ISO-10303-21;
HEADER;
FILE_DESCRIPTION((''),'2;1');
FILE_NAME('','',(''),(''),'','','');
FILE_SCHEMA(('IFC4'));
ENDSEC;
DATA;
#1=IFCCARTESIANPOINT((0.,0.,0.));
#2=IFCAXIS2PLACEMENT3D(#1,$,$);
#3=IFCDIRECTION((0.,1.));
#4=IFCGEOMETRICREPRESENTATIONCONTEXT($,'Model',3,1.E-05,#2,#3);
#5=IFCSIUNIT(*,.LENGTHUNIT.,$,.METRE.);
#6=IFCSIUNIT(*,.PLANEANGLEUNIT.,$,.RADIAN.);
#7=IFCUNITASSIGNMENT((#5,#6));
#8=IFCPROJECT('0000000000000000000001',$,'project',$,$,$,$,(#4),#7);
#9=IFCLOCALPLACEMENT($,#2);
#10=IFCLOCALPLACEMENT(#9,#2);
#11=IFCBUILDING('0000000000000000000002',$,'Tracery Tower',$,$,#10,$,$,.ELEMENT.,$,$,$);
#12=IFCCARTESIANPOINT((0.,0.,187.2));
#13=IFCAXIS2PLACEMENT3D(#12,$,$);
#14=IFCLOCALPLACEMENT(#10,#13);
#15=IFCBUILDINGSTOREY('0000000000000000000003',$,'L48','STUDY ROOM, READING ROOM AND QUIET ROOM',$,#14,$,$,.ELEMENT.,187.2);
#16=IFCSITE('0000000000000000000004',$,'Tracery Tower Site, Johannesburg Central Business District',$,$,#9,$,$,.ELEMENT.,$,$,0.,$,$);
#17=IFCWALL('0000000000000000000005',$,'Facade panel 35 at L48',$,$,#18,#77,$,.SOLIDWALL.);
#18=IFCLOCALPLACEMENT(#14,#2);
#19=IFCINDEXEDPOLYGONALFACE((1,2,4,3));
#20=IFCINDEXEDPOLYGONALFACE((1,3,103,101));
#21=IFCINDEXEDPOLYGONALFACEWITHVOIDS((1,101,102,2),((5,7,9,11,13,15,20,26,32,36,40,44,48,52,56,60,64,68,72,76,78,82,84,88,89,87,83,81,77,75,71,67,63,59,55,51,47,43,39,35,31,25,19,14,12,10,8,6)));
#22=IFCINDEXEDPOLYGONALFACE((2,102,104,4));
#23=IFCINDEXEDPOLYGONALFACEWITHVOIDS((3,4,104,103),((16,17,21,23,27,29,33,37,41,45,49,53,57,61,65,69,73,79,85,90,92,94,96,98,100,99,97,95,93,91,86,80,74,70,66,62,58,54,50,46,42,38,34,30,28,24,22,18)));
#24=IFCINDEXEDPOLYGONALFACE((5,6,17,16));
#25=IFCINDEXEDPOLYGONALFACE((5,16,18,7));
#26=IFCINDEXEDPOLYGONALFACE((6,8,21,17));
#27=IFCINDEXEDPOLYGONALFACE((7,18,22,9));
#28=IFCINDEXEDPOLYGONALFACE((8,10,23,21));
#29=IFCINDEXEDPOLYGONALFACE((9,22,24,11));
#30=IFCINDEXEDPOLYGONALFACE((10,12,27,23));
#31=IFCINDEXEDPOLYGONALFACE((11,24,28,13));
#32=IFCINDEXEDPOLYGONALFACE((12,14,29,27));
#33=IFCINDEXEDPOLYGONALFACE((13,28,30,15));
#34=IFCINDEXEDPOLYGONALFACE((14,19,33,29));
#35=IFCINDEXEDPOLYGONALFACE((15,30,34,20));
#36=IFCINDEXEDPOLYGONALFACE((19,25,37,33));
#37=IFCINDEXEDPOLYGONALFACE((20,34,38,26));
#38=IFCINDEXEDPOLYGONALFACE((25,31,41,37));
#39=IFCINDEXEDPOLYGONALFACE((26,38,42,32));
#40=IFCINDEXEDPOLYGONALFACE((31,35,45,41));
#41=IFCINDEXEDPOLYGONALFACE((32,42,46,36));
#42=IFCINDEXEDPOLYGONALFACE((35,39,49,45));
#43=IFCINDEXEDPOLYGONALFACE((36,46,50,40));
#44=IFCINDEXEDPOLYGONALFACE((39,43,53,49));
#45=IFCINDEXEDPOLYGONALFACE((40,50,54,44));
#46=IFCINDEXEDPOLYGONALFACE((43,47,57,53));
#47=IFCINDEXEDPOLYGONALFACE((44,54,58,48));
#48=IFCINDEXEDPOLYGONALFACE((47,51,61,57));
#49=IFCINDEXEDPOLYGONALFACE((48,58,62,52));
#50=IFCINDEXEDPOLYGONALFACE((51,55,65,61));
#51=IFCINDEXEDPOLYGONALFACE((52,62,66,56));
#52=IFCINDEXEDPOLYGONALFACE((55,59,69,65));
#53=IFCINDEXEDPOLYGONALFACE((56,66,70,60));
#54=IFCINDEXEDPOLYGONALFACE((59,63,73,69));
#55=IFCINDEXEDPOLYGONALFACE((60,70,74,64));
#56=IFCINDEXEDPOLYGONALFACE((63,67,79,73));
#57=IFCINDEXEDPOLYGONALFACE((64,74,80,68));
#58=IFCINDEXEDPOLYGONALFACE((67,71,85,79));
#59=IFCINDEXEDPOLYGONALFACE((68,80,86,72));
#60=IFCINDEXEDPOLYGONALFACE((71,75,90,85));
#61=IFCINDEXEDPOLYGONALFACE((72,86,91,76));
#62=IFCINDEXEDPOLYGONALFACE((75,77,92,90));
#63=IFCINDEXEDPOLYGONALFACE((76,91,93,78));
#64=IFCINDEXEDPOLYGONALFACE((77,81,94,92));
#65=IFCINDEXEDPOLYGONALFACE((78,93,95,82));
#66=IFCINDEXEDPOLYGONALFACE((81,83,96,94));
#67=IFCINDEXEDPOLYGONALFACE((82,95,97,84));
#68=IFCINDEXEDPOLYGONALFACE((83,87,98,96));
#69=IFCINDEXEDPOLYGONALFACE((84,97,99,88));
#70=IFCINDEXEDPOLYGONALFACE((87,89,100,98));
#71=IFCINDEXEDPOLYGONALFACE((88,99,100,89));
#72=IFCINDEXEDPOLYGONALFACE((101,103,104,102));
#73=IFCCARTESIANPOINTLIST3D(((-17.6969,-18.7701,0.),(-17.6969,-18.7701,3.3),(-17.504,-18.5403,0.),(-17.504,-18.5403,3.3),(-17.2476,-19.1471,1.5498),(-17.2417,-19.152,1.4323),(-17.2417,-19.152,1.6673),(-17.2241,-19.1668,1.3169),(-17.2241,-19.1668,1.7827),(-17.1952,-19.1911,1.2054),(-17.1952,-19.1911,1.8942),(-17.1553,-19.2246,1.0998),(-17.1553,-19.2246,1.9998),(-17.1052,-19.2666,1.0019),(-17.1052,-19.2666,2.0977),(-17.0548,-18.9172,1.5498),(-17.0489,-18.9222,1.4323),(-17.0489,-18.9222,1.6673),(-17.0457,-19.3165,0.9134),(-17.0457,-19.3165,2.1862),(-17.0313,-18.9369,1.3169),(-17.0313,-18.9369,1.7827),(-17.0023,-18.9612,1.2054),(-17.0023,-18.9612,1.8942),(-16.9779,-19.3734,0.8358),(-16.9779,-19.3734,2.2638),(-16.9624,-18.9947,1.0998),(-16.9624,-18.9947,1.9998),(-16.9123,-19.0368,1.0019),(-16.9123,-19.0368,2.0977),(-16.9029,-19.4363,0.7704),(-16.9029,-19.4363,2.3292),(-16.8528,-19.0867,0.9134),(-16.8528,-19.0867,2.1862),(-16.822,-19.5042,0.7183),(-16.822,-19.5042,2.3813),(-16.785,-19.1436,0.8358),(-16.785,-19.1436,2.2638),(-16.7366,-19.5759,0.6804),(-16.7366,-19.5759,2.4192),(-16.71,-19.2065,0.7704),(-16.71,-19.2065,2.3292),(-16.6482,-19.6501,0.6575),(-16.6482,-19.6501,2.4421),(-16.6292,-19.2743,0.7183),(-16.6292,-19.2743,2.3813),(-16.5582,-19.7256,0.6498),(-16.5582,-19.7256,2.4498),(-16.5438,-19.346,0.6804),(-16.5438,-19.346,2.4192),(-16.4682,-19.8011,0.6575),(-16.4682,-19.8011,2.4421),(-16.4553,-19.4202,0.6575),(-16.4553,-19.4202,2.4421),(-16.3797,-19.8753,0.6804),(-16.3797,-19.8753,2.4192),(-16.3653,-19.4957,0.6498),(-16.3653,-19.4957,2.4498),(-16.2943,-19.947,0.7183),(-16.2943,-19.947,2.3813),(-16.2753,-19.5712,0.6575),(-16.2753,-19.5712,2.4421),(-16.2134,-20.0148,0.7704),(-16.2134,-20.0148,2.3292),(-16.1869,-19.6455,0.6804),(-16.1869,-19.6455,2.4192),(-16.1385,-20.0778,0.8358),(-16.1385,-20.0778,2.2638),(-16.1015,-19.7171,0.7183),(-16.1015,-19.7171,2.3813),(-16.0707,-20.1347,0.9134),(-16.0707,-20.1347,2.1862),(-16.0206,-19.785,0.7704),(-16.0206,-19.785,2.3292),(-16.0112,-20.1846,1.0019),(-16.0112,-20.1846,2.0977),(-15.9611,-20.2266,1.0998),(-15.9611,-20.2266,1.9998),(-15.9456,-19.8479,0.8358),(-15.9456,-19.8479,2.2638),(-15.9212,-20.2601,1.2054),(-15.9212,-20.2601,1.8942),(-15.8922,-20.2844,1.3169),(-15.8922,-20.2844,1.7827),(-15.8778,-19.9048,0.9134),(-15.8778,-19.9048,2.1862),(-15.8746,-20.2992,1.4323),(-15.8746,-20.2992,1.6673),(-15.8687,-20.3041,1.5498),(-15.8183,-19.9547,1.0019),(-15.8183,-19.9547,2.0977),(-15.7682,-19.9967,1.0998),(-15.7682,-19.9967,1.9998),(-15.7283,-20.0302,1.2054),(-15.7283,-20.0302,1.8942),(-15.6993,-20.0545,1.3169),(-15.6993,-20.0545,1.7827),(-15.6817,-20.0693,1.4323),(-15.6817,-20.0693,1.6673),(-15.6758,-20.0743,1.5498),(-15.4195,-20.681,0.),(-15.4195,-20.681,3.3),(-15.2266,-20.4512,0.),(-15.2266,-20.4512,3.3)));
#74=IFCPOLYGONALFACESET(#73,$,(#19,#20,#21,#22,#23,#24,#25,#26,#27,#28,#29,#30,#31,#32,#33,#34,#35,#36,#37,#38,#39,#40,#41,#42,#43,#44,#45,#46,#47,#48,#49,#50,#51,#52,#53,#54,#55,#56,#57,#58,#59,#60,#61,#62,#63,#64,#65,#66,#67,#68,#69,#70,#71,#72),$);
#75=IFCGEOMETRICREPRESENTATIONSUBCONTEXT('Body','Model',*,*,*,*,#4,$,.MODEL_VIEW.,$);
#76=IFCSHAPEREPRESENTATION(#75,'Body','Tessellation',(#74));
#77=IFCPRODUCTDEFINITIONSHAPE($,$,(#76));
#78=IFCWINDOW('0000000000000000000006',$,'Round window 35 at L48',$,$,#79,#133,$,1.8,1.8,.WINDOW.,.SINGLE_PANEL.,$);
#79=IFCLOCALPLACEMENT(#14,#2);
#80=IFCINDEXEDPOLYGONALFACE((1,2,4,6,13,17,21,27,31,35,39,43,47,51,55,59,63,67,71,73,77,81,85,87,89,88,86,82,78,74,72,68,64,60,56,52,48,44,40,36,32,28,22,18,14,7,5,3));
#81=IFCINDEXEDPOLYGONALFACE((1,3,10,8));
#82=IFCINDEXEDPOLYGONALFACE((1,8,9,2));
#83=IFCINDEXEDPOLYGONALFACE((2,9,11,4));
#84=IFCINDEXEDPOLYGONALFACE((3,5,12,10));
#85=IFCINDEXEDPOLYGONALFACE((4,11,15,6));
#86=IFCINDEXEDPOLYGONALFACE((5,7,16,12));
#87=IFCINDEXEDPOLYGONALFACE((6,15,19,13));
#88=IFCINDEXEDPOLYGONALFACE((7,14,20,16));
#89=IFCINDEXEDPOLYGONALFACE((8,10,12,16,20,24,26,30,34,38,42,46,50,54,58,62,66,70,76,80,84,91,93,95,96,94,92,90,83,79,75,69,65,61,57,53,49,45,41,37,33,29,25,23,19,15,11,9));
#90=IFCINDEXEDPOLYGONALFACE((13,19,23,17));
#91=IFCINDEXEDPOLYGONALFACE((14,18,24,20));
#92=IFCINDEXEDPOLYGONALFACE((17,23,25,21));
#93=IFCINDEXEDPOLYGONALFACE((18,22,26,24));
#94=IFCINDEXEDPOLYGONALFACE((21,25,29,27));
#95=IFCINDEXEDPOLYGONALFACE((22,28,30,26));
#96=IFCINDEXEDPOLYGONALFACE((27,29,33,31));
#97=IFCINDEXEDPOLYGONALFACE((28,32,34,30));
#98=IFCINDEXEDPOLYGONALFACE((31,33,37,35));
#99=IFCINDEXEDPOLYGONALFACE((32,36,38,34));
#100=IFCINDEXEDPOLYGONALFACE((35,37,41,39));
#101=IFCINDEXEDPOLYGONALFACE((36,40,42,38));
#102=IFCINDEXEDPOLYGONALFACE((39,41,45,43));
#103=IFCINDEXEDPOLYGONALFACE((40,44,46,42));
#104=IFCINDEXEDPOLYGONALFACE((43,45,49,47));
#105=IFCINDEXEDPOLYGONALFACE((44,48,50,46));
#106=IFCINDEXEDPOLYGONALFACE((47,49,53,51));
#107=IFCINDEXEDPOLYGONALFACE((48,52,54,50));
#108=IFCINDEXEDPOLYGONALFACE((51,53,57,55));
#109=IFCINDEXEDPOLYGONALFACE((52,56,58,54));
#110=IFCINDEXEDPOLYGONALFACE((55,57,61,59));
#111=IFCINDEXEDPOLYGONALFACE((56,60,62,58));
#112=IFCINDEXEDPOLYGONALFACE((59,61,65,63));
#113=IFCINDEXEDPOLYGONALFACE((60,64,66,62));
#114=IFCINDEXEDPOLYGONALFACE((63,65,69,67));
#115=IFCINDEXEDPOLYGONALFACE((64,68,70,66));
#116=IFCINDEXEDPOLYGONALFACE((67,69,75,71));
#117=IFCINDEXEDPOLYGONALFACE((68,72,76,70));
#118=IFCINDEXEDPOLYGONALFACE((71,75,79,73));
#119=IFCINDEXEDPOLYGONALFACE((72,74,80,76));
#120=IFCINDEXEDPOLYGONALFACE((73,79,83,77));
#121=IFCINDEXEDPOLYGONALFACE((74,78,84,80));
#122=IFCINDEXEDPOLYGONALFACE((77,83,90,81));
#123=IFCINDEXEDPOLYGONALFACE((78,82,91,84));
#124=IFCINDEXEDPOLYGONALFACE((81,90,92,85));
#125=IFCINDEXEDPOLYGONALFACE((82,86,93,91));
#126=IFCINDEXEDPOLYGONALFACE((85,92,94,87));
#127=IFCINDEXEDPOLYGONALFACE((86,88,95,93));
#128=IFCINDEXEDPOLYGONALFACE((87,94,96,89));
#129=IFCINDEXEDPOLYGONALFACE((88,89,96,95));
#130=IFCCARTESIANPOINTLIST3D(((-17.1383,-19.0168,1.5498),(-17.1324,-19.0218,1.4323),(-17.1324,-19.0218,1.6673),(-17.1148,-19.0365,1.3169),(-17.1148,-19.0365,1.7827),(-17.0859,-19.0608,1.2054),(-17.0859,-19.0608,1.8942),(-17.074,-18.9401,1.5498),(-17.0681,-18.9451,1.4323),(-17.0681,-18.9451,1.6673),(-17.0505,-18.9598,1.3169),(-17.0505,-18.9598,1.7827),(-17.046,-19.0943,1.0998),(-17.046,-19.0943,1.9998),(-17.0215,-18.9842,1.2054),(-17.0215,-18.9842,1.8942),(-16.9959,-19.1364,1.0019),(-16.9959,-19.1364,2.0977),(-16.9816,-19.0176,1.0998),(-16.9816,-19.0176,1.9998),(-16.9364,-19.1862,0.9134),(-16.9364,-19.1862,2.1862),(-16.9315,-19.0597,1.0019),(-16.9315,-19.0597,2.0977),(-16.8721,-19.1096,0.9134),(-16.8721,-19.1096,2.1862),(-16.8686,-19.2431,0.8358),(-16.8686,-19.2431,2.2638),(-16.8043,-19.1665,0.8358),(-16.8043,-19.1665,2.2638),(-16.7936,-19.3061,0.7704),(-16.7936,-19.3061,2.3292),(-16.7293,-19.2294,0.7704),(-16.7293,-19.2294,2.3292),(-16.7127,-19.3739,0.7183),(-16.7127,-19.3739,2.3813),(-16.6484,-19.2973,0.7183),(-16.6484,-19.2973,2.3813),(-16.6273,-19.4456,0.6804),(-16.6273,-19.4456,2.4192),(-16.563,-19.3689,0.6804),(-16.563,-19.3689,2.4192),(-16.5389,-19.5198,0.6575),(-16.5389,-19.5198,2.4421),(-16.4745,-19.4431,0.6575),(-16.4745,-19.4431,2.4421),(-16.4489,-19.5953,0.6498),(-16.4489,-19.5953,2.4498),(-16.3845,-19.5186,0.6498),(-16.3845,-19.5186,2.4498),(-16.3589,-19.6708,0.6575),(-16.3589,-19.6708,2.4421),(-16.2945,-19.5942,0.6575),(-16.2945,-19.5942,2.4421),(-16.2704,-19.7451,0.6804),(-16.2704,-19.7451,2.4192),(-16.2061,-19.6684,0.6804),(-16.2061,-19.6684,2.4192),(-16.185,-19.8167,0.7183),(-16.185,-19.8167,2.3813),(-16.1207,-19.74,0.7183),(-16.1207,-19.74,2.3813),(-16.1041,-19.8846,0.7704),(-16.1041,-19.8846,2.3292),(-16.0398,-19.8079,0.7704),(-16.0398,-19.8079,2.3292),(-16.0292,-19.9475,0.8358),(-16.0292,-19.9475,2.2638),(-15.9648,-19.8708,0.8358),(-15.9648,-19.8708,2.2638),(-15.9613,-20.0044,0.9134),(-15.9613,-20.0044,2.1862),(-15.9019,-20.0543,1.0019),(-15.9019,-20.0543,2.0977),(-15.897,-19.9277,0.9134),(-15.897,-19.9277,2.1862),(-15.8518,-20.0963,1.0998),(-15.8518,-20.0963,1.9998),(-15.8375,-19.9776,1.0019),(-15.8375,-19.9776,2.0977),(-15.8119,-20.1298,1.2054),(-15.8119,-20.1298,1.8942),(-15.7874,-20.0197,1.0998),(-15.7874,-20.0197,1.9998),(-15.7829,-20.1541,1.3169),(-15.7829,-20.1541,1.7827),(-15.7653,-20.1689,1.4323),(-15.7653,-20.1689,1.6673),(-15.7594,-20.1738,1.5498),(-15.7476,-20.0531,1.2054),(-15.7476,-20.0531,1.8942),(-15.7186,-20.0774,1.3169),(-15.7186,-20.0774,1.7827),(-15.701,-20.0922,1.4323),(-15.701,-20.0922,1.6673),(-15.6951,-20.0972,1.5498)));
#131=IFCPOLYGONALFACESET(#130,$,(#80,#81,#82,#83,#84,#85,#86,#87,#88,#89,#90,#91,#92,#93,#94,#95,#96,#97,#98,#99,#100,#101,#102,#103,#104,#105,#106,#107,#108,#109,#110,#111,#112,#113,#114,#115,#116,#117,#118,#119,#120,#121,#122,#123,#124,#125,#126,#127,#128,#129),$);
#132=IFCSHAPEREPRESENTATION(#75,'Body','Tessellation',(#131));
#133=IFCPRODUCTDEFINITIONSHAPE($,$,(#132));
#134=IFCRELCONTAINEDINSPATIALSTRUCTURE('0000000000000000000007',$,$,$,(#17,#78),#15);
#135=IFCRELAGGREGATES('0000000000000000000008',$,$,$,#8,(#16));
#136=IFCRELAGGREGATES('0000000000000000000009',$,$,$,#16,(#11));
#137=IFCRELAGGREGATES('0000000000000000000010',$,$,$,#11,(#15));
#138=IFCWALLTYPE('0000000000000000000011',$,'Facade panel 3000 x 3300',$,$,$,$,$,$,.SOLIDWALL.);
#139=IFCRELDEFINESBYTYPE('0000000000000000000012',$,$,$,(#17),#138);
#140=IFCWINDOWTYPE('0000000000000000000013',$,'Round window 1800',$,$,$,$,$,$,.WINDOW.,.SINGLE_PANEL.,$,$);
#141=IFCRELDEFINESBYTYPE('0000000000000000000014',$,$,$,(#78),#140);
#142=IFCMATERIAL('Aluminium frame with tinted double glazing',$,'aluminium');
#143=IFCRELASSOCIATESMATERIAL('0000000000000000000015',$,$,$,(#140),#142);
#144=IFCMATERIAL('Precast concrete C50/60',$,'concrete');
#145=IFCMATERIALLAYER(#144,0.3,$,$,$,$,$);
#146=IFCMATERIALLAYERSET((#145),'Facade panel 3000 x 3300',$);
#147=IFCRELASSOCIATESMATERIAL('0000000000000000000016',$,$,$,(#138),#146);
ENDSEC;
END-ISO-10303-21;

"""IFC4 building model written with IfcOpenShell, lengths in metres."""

from ifc_helpers import new_model, si_unit, direction, frame, frame_2d, origin, origin_2d, place, context, subcontext, project, spatial, rectangle, circle, extrude, material, layer, layer_set, type_object, element, fill, save


model = new_model("IFC4")

# Units and contexts
model_context = context("Model", 3, precision=1e-05, world=origin(), true_north=direction((0.0, 1.0)))
body_context = subcontext(model_context, "Body", "Model", "MODEL_VIEW")
ifc_project = project(units=[si_unit("LENGTHUNIT", "METRE"), si_unit("PLANEANGLEUNIT", "RADIAN")], contexts=[model_context])

# Site, building, storey
site_placement = place(None, origin())
site = spatial("IfcSite", under=ifc_project, at=site_placement, Name="Tracery Tower Site, Johannesburg Central Business District", CompositionType="ELEMENT", RefElevation=0.0)
building_placement = place(site_placement, origin())
building = spatial("IfcBuilding", under=site, at=building_placement, Name="Tracery Tower", CompositionType="ELEMENT")
storey_placement = place(building_placement, frame((0.0, 0.0, 187.2)))
storey = spatial("IfcBuildingStorey", under=building, at=storey_placement, Name="L48", Description="STUDY ROOM, READING ROOM AND QUIET ROOM", CompositionType="ELEMENT", Elevation=187.2)

# Wall, opening, window
ifc_material_1 = material(Name="Aluminium frame with tinted double glazing", Category="aluminium")
window_type = type_object("IfcWindowType", Name="Round window 1800", PartitioningType="SINGLE_PANEL", PredefinedType="WINDOW", material=ifc_material_1)
ifc_material_2 = material(Name="Precast concrete C50/60", Category="concrete")
ifc_layer_1 = layer(ifc_material_2, 0.3)
ifc_layer_set_1 = layer_set([ifc_layer_1], Name="Facade panel 3000 x 3300")
wall_type_1 = type_object("IfcWallType", Name="Facade panel 3000 x 3300", PredefinedType="SOLIDWALL", material=ifc_layer_set_1)
wall_1_placement = place(storey_placement, frame((-17.6003, -18.6553, 0.0), z_axis=(0.0, 0.0, 1.0), x_axis=(0.766049, -0.642782, 0.0)))
wall_1 = element("IfcWall", 1, at=wall_1_placement, inside=storey, type_object=wall_type_1, Name="Facade panel 35 at L48", PredefinedType="SOLIDWALL", context=body_context, shape_type="SweptSolid", body=[
    extrude(rectangle(XDim=2.9729, YDim=0.3, at=frame_2d((1.4863, 0.0))), origin(), (0.0, 0.0, 1.0), 3.3),
])
opening_1_placement = place(wall_1_placement, frame((1.4863, 0.0, 1.5498)))
opening_1 = element("IfcOpeningElement", 2, at=opening_1_placement, cuts=wall_1, PredefinedType="OPENING", context=body_context, shape_type="SweptSolid", body=[
    extrude(circle(Radius=0.9, at=origin_2d()), frame((0.0, 0.1599, 0.0), z_axis=(0.0, -1.0, 0.0), x_axis=(1.0, 0.0, 0.0)), (0.0, 0.0, 1.0), 0.3201),
])
window_1_placement = place(opening_1_placement, origin())
window_1 = element("IfcWindow", 3, at=window_1_placement, inside=storey, type_object=window_type, Name="Round window 35 at L48", OverallHeight=1.8, OverallWidth=1.8, PartitioningType="SINGLE_PANEL", PredefinedType="WINDOW", context=body_context, shape_type="SweptSolid", body=[
    extrude(circle(Radius=0.9, at=origin_2d()), frame((0.0, 0.1201, 0.0), z_axis=(0.0, -1.0, 0.0), x_axis=(1.0, 0.0, 0.0)), (0.0, 0.0, 1.0), 0.1001),
])
fill(opening_1, window_1)

save(model, "model.ifc")
